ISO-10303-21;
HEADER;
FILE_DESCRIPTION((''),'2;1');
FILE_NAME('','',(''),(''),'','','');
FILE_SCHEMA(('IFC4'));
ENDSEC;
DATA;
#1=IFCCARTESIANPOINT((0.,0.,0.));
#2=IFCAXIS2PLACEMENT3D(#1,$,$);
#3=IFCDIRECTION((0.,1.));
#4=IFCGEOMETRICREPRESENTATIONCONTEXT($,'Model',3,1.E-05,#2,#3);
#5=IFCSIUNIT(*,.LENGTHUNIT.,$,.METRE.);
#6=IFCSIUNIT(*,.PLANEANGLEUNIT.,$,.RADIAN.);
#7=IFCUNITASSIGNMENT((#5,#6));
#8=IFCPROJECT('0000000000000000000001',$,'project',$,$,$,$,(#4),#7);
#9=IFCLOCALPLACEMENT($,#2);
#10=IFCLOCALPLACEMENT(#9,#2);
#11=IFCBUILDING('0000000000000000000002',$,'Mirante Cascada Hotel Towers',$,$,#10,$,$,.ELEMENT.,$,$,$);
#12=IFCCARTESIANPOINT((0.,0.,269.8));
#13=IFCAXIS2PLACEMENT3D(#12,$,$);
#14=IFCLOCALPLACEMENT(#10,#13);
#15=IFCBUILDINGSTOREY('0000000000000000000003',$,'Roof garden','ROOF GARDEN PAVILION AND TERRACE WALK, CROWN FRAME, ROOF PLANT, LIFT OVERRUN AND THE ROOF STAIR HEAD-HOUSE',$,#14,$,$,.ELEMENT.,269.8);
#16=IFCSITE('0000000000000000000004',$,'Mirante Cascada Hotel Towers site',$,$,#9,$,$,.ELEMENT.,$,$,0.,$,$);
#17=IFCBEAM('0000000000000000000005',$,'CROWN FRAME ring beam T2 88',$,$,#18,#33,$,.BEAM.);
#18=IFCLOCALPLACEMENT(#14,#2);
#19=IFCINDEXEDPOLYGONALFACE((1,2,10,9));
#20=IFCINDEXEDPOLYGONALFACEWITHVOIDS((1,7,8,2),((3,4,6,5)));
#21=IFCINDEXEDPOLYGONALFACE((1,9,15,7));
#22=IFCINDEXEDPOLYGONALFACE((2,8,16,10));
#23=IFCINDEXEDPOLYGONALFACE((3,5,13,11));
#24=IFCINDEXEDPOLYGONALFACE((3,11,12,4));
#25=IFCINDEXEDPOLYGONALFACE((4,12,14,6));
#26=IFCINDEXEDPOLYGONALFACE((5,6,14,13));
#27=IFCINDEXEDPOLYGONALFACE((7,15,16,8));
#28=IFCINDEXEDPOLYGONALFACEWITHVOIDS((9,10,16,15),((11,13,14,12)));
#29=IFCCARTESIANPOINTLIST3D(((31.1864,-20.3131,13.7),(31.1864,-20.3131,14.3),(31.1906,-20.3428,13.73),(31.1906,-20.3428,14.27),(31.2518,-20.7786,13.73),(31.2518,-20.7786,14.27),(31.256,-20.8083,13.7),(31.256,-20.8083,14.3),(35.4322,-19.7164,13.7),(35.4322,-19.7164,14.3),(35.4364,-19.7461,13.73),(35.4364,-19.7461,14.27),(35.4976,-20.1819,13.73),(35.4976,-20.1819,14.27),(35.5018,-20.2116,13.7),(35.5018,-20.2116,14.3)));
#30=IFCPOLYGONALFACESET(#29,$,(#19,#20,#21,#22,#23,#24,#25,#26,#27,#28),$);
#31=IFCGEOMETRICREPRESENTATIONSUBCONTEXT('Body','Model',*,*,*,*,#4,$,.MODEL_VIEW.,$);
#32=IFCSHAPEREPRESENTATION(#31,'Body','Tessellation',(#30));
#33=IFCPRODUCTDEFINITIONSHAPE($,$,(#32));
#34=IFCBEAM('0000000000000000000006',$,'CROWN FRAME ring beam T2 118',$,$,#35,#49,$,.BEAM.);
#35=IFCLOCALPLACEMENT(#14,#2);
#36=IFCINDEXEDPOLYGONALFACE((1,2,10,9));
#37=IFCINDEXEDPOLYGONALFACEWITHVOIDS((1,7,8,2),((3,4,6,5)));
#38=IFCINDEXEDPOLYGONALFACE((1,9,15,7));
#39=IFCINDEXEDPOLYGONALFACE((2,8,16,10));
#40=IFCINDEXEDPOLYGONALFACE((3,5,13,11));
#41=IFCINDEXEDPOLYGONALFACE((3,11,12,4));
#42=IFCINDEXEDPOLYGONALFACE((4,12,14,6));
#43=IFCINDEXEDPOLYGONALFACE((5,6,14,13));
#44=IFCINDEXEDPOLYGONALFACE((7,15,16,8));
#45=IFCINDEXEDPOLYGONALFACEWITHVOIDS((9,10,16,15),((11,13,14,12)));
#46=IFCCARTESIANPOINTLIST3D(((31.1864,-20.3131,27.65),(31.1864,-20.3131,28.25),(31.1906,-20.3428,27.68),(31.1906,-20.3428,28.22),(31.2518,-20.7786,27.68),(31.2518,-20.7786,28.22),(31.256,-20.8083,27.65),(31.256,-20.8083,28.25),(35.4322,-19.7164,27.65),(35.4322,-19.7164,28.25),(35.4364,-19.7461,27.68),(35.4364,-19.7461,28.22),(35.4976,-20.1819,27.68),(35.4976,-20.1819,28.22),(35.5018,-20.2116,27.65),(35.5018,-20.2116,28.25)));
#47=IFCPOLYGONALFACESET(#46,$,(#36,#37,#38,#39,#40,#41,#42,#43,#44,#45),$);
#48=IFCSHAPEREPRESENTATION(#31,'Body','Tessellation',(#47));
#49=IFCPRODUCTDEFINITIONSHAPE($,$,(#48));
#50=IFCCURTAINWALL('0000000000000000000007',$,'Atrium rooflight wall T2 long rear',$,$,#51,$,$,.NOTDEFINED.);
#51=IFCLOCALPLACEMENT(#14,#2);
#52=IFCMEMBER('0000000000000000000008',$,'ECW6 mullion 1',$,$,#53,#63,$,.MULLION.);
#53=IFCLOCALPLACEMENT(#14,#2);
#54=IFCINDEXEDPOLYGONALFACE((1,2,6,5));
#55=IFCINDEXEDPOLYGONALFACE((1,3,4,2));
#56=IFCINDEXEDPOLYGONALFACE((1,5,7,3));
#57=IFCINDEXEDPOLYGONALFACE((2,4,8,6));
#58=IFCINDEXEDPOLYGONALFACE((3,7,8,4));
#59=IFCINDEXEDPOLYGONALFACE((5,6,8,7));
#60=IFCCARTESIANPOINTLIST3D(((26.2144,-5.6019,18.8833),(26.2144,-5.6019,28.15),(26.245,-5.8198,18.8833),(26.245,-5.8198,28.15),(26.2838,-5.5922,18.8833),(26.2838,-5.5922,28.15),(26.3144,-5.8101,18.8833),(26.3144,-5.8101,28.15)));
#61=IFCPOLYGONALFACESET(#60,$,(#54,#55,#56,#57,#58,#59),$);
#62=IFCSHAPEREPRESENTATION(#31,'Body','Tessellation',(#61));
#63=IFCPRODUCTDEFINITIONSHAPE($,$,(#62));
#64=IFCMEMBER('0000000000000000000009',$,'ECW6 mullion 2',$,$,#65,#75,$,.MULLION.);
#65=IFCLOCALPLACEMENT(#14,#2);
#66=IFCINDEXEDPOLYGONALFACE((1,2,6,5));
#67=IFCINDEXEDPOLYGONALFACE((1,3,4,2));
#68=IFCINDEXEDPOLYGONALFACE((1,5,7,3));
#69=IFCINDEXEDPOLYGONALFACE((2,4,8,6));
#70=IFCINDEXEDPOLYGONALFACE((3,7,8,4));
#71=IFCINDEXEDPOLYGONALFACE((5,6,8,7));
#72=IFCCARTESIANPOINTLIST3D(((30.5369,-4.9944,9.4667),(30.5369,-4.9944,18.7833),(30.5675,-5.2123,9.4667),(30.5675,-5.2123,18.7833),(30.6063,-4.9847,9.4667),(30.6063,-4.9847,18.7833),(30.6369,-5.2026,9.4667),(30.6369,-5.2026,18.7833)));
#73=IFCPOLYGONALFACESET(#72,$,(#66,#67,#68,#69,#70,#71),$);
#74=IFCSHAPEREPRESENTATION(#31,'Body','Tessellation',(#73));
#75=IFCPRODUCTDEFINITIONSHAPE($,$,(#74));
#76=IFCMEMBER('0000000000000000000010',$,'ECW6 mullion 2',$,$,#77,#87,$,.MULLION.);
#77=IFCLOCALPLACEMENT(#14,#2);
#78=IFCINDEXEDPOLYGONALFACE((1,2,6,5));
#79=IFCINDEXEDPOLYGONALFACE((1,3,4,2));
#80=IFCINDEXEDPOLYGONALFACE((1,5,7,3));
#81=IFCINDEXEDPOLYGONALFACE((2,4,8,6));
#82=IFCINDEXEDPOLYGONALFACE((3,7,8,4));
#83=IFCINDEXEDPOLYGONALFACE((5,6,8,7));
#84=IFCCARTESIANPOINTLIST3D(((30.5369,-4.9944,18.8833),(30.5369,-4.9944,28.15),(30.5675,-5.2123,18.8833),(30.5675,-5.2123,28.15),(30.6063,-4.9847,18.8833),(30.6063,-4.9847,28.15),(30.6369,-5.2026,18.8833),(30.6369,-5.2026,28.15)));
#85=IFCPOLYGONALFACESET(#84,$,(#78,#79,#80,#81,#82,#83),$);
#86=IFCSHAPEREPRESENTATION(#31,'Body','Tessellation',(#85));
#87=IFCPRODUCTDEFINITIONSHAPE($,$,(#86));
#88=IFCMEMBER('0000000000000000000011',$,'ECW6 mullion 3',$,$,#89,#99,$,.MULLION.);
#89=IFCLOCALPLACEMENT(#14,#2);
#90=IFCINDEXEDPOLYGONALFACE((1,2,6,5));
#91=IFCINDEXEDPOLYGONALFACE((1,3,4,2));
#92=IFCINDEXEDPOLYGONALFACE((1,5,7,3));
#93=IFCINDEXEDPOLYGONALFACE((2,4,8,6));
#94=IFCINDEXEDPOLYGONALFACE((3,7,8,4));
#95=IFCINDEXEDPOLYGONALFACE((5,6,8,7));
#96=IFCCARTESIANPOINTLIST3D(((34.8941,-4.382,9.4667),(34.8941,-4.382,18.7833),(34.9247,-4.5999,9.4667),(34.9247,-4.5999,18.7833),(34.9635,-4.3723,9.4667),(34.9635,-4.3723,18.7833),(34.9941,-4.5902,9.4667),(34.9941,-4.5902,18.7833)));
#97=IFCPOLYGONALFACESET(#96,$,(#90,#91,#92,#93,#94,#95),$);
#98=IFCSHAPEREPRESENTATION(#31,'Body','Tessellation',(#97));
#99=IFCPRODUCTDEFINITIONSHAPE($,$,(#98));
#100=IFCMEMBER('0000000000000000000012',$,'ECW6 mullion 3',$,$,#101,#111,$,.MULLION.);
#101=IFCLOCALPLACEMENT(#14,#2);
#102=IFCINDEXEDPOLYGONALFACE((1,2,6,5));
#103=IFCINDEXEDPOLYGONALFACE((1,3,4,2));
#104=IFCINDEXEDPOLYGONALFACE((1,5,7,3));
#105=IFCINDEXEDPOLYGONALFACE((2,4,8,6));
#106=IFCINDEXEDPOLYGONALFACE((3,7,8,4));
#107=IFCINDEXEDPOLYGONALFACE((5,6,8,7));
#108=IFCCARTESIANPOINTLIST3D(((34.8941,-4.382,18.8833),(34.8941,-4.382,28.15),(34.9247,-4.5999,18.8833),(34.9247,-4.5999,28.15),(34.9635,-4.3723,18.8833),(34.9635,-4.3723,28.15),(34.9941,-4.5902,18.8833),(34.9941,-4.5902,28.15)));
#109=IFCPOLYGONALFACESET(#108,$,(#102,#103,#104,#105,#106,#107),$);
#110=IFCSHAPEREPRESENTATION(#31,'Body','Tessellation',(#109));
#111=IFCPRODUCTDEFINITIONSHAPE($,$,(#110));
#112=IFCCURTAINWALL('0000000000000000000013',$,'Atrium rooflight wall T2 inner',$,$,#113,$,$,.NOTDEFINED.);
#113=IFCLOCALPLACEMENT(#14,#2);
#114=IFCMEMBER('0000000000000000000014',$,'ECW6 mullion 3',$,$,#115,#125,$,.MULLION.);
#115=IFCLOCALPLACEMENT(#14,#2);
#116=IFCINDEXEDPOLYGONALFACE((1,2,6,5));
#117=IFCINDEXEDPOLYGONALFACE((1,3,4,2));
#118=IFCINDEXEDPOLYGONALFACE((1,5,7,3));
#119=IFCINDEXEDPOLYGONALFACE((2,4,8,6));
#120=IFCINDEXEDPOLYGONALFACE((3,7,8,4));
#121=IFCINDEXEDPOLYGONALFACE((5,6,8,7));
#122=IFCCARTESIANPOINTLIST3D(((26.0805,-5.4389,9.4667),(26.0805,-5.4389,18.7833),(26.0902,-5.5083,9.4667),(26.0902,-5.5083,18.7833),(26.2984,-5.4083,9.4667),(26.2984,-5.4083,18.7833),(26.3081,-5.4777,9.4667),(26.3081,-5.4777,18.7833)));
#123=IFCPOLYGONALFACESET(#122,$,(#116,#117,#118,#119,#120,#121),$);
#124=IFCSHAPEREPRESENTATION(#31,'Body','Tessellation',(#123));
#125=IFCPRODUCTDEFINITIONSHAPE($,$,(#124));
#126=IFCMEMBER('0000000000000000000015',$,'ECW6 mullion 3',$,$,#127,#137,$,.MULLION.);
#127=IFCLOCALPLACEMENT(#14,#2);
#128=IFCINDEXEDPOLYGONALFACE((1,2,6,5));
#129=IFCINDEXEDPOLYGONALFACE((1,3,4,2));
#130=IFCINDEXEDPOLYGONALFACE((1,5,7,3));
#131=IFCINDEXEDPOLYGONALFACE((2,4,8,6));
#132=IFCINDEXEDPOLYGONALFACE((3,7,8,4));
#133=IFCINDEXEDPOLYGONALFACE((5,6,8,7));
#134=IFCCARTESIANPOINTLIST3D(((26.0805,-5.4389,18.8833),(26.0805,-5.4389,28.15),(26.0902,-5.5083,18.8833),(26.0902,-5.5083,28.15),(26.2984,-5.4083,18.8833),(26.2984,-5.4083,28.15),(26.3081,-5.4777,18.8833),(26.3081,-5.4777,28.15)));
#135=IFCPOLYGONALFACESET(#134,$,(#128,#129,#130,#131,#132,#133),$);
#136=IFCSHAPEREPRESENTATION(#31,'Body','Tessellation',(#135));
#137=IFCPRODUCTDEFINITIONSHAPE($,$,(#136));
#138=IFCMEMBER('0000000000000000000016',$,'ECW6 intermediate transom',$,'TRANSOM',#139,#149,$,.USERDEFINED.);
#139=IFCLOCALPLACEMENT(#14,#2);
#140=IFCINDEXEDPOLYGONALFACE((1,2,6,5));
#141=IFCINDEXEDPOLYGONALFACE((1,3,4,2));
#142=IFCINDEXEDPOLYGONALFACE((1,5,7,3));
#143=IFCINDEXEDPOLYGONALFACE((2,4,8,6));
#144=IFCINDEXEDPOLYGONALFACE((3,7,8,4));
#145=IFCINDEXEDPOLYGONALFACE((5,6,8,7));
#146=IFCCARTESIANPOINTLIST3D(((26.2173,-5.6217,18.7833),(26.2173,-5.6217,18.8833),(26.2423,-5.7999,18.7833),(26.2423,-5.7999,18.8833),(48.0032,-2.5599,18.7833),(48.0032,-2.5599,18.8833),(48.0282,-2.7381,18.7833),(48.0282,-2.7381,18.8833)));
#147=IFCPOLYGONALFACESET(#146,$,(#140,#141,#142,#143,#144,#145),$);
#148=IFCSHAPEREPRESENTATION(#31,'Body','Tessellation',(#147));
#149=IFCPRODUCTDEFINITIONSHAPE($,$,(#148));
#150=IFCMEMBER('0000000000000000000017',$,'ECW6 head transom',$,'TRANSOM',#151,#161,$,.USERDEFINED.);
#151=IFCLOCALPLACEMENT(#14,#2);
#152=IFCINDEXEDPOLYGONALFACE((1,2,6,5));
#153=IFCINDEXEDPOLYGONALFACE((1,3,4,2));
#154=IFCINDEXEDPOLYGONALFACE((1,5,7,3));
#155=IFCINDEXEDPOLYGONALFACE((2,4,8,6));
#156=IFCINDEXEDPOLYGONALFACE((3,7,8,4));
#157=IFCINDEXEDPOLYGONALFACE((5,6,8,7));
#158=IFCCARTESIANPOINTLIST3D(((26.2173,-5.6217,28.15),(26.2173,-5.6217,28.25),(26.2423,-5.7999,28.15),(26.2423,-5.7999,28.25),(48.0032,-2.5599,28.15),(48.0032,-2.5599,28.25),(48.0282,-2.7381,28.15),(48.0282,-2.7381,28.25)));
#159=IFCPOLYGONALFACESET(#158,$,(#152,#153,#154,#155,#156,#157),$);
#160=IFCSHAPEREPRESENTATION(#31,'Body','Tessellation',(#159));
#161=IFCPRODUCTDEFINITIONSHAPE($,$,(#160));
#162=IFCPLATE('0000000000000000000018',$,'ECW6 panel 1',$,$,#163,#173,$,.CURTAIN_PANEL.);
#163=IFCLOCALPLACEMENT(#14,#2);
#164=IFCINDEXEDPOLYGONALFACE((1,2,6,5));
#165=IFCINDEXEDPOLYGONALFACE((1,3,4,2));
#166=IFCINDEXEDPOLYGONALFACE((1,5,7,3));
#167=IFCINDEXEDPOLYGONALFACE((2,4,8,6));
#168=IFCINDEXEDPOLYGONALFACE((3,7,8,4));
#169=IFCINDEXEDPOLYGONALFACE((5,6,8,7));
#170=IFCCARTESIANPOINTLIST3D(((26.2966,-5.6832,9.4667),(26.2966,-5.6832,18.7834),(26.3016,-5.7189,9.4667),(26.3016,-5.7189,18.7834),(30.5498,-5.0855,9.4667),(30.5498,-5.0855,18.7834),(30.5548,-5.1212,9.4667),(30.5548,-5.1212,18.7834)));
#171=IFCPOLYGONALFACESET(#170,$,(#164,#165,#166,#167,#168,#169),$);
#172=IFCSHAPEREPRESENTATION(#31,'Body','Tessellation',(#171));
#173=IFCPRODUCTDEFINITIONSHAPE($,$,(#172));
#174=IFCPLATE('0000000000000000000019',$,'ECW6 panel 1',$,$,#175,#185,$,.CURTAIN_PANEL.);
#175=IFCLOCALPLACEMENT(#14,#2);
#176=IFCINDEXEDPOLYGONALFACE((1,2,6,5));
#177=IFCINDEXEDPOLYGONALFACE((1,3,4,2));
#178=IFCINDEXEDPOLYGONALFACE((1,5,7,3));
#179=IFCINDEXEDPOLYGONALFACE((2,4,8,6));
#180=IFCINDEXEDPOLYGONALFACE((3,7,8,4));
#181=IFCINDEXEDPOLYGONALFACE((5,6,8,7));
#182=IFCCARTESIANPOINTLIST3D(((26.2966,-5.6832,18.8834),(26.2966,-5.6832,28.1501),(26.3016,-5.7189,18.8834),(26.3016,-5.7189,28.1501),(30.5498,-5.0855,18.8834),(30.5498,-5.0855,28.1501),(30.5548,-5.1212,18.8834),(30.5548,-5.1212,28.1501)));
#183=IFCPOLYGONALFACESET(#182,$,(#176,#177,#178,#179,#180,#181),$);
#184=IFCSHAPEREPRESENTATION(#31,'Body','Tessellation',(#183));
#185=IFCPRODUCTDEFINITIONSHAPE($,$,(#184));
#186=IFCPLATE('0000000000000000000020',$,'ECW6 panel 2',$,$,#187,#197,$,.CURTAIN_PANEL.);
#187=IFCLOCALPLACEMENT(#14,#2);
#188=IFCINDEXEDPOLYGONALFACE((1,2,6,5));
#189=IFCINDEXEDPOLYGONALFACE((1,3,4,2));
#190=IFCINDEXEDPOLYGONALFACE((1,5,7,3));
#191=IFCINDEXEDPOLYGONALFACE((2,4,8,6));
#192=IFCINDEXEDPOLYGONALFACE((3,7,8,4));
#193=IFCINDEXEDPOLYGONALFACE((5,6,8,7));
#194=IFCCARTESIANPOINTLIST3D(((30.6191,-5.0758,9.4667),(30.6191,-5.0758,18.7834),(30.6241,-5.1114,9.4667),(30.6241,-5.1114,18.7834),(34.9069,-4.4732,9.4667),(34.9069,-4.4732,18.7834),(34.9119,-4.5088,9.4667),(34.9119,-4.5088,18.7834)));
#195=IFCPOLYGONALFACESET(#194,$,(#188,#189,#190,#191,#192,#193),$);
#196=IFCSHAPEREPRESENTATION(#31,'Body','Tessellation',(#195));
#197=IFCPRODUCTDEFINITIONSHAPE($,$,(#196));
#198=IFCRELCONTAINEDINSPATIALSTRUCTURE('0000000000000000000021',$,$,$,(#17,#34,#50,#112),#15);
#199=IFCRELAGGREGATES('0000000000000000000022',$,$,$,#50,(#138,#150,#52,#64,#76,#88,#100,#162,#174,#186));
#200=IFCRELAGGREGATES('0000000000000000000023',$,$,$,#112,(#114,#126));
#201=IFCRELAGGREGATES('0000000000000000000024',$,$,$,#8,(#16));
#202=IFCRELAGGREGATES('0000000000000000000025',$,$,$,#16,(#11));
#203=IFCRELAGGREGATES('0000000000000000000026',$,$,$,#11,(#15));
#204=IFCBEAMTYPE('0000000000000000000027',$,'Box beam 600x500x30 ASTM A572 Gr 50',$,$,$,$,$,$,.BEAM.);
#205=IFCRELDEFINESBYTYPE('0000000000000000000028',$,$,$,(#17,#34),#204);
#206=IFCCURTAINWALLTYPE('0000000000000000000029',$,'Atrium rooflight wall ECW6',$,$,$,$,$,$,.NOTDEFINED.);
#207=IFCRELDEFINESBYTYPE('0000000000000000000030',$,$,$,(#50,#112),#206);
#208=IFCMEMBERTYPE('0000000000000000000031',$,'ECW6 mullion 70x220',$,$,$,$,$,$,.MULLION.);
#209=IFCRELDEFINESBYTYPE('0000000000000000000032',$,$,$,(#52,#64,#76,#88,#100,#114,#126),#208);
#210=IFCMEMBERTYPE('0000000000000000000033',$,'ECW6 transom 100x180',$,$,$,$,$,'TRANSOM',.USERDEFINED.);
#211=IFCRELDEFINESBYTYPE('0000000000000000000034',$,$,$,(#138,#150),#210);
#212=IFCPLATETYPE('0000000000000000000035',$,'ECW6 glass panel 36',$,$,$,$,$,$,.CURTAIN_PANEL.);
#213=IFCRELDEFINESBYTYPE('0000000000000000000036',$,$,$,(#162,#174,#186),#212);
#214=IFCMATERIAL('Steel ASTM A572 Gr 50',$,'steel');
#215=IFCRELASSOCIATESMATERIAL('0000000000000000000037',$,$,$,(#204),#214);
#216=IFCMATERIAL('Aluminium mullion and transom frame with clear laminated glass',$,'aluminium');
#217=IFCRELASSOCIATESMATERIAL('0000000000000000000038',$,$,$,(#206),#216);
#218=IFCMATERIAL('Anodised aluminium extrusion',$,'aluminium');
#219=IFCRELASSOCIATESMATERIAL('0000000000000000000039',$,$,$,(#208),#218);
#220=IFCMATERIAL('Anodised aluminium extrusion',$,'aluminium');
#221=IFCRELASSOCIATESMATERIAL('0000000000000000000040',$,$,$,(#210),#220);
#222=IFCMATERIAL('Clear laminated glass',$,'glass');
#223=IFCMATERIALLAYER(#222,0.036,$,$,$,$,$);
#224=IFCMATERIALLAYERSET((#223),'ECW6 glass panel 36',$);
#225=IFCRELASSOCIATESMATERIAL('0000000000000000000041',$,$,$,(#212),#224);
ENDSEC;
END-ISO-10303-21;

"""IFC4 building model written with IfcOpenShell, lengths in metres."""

from ifc_helpers import new_model, si_unit, direction, frame, origin, origin_2d, place, context, subcontext, project, spatial, rectangle, hollow_rectangle, extrude, material, layer, layer_set, material_profile, profile_set, type_object, element, aggregate, save


model = new_model("IFC4")

# Units and contexts
model_context = context("Model", 3, precision=1e-05, world=origin(), true_north=direction((0.0, 1.0)))
body_context = subcontext(model_context, "Body", "Model", "MODEL_VIEW")
ifc_project = project(units=[si_unit("LENGTHUNIT", "METRE"), si_unit("PLANEANGLEUNIT", "RADIAN")], contexts=[model_context])

# Site, building, storey
site_placement = place(None, origin())
site = spatial("IfcSite", under=ifc_project, at=site_placement, Name="Mirante Cascada Hotel Towers site", CompositionType="ELEMENT", RefElevation=0.0)
building_placement = place(site_placement, origin())
building = spatial("IfcBuilding", under=site, at=building_placement, Name="Mirante Cascada Hotel Towers", CompositionType="ELEMENT")
storey_placement = place(building_placement, frame((0.0, 0.0, 269.8)))
storey = spatial("IfcBuildingStorey", under=building, at=storey_placement, Name="Roof garden", Description="ROOF GARDEN PAVILION AND TERRACE WALK, CROWN FRAME, ROOF PLANT, LIFT OVERRUN AND THE ROOF STAIR HEAD-HOUSE", CompositionType="ELEMENT", Elevation=269.8)

# Beams
ifc_material_1 = material(Name="Steel ASTM A572 Gr 50", Category="steel")
ifc_material_profile_1 = material_profile(ifc_material_1, hollow_rectangle(XDim=0.5, YDim=0.6, WallThickness=0.03, at=origin_2d()), Name="Box beam 600x500x30 ASTM A572 Gr 50")
ifc_profile_set_1 = profile_set([ifc_material_profile_1], Name="Steel ASTM A572 Gr 50")
beam_type = type_object("IfcBeamType", Name="Box beam 600x500x30 ASTM A572 Gr 50", PredefinedType="BEAM", material=ifc_profile_set_1)
for number, where, z_axis, x_axis, name in (
    (1, (35.467, -19.964, 14.0), (-0.990268, -0.139171, 0.0), (0.139171, -0.990268, 0.0), "CROWN FRAME ring beam T2 88"),
    (2, (35.467, -19.964, 27.95), (-0.990268, -0.139171, 0.0), (0.139171, -0.990268, 0.0), "CROWN FRAME ring beam T2 118"),
):
    element("IfcBeam", number, at=place(storey_placement, frame(where, z_axis=z_axis, x_axis=x_axis)), inside=storey, type_object=beam_type, Name=name, PredefinedType="BEAM", context=body_context, shape_type="SweptSolid", body=[
        extrude(hollow_rectangle(XDim=0.5, YDim=0.6, WallThickness=0.03, at=origin_2d()), origin(), (0.0, 0.0, 1.0), 4.2875),
    ])

# Curtain walls, members
ifc_material_2 = material(Name="Aluminium mullion and transom frame with clear laminated glass", Category="aluminium")
curtain_wall_type = type_object("IfcCurtainWallType", Name="Atrium rooflight wall ECW6", PredefinedType="NOTDEFINED", material=ifc_material_2)
curtain_wall_1_placement = place(storey_placement, origin())
curtain_wall_1 = element("IfcCurtainWall", 3, at=curtain_wall_1_placement, inside=storey, type_object=curtain_wall_type, Name="Atrium rooflight wall T2 long rear", PredefinedType="NOTDEFINED")
ifc_material_3 = material(Name="Anodised aluminium extrusion", Category="aluminium")
ifc_material_profile_2 = material_profile(ifc_material_3, rectangle(XDim=0.22, YDim=0.07, at=origin_2d()), Name="ECW6 MULLION 70x220")
ifc_profile_set_2 = profile_set([ifc_material_profile_2], Name="Anodised aluminium extrusion")
member_type_1 = type_object("IfcMemberType", Name="ECW6 mullion 70x220", PredefinedType="MULLION", material=ifc_profile_set_2)
member_1_placement = place(storey_placement, frame((26.2644, -5.706, 18.8833), z_axis=(0.0, 0.0, 1.0), x_axis=(-0.139173, 0.990268, 0.0)))
member_1 = element("IfcMember", 4, at=member_1_placement, type_object=member_type_1, Name="ECW6 mullion 1", PredefinedType="MULLION", context=body_context, shape_type="SweptSolid", body=[
    extrude(rectangle(XDim=0.22, YDim=0.07, at=origin_2d()), origin(), (0.0, 0.0, 1.0), 9.2667),
])
member_2_placement = place(storey_placement, frame((30.5869, -5.0985, 9.4667), z_axis=(0.0, 0.0, 1.0), x_axis=(-0.139173, 0.990268, 0.0)))
member_2 = element("IfcMember", 5, at=member_2_placement, type_object=member_type_1, Name="ECW6 mullion 2", PredefinedType="MULLION", context=body_context, shape_type="SweptSolid", body=[
    extrude(rectangle(XDim=0.22, YDim=0.07, at=origin_2d()), origin(), (0.0, 0.0, 1.0), 9.3166),
])
member_3_placement = place(storey_placement, frame((30.5869, -5.0985, 18.8833), z_axis=(0.0, 0.0, 1.0), x_axis=(-0.139173, 0.990268, 0.0)))
member_3 = element("IfcMember", 6, at=member_3_placement, type_object=member_type_1, Name="ECW6 mullion 2", PredefinedType="MULLION", context=body_context, shape_type="SweptSolid", body=[
    extrude(rectangle(XDim=0.22, YDim=0.07, at=origin_2d()), origin(), (0.0, 0.0, 1.0), 9.2667),
])
member_4_placement = place(storey_placement, frame((34.9441, -4.4861, 9.4667), z_axis=(0.0, 0.0, 1.0), x_axis=(-0.139173, 0.990268, 0.0)))
member_4 = element("IfcMember", 7, at=member_4_placement, type_object=member_type_1, Name="ECW6 mullion 3", PredefinedType="MULLION", context=body_context, shape_type="SweptSolid", body=[
    extrude(rectangle(XDim=0.22, YDim=0.07, at=origin_2d()), origin(), (0.0, 0.0, 1.0), 9.3166),
])
member_5_placement = place(storey_placement, frame((34.9441, -4.4861, 18.8833), z_axis=(0.0, 0.0, 1.0), x_axis=(-0.139173, 0.990268, 0.0)))
member_5 = element("IfcMember", 8, at=member_5_placement, type_object=member_type_1, Name="ECW6 mullion 3", PredefinedType="MULLION", context=body_context, shape_type="SweptSolid", body=[
    extrude(rectangle(XDim=0.22, YDim=0.07, at=origin_2d()), origin(), (0.0, 0.0, 1.0), 9.2667),
])
curtain_wall_2_placement = place(storey_placement, origin())
curtain_wall_2 = element("IfcCurtainWall", 9, at=curtain_wall_2_placement, inside=storey, type_object=curtain_wall_type, Name="Atrium rooflight wall T2 inner", PredefinedType="NOTDEFINED")
member_6_placement = place(storey_placement, frame((26.1943, -5.4583, 9.4667), z_axis=(0.0, 0.0, 1.0), x_axis=(0.990268, 0.139173, 0.0)))
member_6 = element("IfcMember", 10, at=member_6_placement, type_object=member_type_1, Name="ECW6 mullion 3", PredefinedType="MULLION", context=body_context, shape_type="SweptSolid", body=[
    extrude(rectangle(XDim=0.22, YDim=0.07, at=origin_2d()), origin(), (0.0, 0.0, 1.0), 9.3166),
])
member_7_placement = place(storey_placement, frame((26.1943, -5.4583, 18.8833), z_axis=(0.0, 0.0, 1.0), x_axis=(0.990268, 0.139173, 0.0)))
member_7 = element("IfcMember", 11, at=member_7_placement, type_object=member_type_1, Name="ECW6 mullion 3", PredefinedType="MULLION", context=body_context, shape_type="SweptSolid", body=[
    extrude(rectangle(XDim=0.22, YDim=0.07, at=origin_2d()), origin(), (0.0, 0.0, 1.0), 9.2667),
])

# Members
ifc_material_4 = material(Name="Anodised aluminium extrusion", Category="aluminium")
ifc_material_profile_3 = material_profile(ifc_material_4, rectangle(XDim=0.18, YDim=0.1, at=origin_2d()), Name="ECW6 TRANSOM 100x180")
ifc_profile_set_3 = profile_set([ifc_material_profile_3], Name="Anodised aluminium extrusion")
member_type_2 = type_object("IfcMemberType", Name="ECW6 transom 100x180", ElementType="TRANSOM", PredefinedType="USERDEFINED", material=ifc_profile_set_3)
member_8_placement = place(storey_placement, frame((26.2298, -5.7108, 18.8333), z_axis=(0.990268, 0.139173, 0.0), x_axis=(-0.139173, 0.990268, 0.0)))
member_8 = element("IfcMember", 12, at=member_8_placement, type_object=member_type_2, Name="ECW6 intermediate transom", ObjectType="TRANSOM", PredefinedType="USERDEFINED", context=body_context, shape_type="SweptSolid", body=[
    extrude(rectangle(XDim=0.18, YDim=0.1, at=origin_2d()), origin(), (0.0, 0.0, 1.0), 22.0),
])
member_9_placement = place(storey_placement, frame((26.2298, -5.7108, 28.2), z_axis=(0.990268, 0.139173, 0.0), x_axis=(-0.139173, 0.990268, 0.0)))
member_9 = element("IfcMember", 13, at=member_9_placement, type_object=member_type_2, Name="ECW6 head transom", ObjectType="TRANSOM", PredefinedType="USERDEFINED", context=body_context, shape_type="SweptSolid", body=[
    extrude(rectangle(XDim=0.18, YDim=0.1, at=origin_2d()), origin(), (0.0, 0.0, 1.0), 22.0),
])

# Plates
ifc_material_5 = material(Name="Clear laminated glass", Category="glass")
ifc_layer_1 = layer(ifc_material_5, 0.036)
ifc_layer_set_1 = layer_set([ifc_layer_1], Name="ECW6 glass panel 36")
plate_type = type_object("IfcPlateType", Name="ECW6 glass panel 36", PredefinedType="CURTAIN_PANEL", material=ifc_layer_set_1)
plate_1_placement = place(storey_placement, frame((28.4257, -5.4022, 9.4667), z_axis=(0.0, 0.0, 1.0), x_axis=(0.990268, 0.139173, 0.0)))
plate_1 = element("IfcPlate", 14, at=plate_1_placement, type_object=plate_type, Name="ECW6 panel 1", PredefinedType="CURTAIN_PANEL", context=body_context, shape_type="SweptSolid", body=[
    extrude(rectangle(XDim=4.295, YDim=0.036, at=origin_2d()), origin(), (0.0, 0.0, 1.0), 9.3167),
])
plate_2_placement = place(storey_placement, frame((28.4257, -5.4022, 18.8834), z_axis=(0.0, 0.0, 1.0), x_axis=(0.990268, 0.139173, 0.0)))
plate_2 = element("IfcPlate", 15, at=plate_2_placement, type_object=plate_type, Name="ECW6 panel 1", PredefinedType="CURTAIN_PANEL", context=body_context, shape_type="SweptSolid", body=[
    extrude(rectangle(XDim=4.295, YDim=0.036, at=origin_2d()), origin(), (0.0, 0.0, 1.0), 9.2667),
])
plate_3_placement = place(storey_placement, frame((32.7655, -4.7923, 9.4667), z_axis=(0.0, 0.0, 1.0), x_axis=(0.990268, 0.139173, 0.0)))
plate_3 = element("IfcPlate", 16, at=plate_3_placement, type_object=plate_type, Name="ECW6 panel 2", PredefinedType="CURTAIN_PANEL", context=body_context, shape_type="SweptSolid", body=[
    extrude(rectangle(XDim=4.33, YDim=0.036, at=origin_2d()), origin(), (0.0, 0.0, 1.0), 9.3167),
])
aggregate(curtain_wall_1, [member_8, member_9, member_1, member_2, member_3, member_4, member_5, plate_1, plate_2, plate_3])
aggregate(curtain_wall_2, [member_6, member_7])

save(model, "model.ifc")
